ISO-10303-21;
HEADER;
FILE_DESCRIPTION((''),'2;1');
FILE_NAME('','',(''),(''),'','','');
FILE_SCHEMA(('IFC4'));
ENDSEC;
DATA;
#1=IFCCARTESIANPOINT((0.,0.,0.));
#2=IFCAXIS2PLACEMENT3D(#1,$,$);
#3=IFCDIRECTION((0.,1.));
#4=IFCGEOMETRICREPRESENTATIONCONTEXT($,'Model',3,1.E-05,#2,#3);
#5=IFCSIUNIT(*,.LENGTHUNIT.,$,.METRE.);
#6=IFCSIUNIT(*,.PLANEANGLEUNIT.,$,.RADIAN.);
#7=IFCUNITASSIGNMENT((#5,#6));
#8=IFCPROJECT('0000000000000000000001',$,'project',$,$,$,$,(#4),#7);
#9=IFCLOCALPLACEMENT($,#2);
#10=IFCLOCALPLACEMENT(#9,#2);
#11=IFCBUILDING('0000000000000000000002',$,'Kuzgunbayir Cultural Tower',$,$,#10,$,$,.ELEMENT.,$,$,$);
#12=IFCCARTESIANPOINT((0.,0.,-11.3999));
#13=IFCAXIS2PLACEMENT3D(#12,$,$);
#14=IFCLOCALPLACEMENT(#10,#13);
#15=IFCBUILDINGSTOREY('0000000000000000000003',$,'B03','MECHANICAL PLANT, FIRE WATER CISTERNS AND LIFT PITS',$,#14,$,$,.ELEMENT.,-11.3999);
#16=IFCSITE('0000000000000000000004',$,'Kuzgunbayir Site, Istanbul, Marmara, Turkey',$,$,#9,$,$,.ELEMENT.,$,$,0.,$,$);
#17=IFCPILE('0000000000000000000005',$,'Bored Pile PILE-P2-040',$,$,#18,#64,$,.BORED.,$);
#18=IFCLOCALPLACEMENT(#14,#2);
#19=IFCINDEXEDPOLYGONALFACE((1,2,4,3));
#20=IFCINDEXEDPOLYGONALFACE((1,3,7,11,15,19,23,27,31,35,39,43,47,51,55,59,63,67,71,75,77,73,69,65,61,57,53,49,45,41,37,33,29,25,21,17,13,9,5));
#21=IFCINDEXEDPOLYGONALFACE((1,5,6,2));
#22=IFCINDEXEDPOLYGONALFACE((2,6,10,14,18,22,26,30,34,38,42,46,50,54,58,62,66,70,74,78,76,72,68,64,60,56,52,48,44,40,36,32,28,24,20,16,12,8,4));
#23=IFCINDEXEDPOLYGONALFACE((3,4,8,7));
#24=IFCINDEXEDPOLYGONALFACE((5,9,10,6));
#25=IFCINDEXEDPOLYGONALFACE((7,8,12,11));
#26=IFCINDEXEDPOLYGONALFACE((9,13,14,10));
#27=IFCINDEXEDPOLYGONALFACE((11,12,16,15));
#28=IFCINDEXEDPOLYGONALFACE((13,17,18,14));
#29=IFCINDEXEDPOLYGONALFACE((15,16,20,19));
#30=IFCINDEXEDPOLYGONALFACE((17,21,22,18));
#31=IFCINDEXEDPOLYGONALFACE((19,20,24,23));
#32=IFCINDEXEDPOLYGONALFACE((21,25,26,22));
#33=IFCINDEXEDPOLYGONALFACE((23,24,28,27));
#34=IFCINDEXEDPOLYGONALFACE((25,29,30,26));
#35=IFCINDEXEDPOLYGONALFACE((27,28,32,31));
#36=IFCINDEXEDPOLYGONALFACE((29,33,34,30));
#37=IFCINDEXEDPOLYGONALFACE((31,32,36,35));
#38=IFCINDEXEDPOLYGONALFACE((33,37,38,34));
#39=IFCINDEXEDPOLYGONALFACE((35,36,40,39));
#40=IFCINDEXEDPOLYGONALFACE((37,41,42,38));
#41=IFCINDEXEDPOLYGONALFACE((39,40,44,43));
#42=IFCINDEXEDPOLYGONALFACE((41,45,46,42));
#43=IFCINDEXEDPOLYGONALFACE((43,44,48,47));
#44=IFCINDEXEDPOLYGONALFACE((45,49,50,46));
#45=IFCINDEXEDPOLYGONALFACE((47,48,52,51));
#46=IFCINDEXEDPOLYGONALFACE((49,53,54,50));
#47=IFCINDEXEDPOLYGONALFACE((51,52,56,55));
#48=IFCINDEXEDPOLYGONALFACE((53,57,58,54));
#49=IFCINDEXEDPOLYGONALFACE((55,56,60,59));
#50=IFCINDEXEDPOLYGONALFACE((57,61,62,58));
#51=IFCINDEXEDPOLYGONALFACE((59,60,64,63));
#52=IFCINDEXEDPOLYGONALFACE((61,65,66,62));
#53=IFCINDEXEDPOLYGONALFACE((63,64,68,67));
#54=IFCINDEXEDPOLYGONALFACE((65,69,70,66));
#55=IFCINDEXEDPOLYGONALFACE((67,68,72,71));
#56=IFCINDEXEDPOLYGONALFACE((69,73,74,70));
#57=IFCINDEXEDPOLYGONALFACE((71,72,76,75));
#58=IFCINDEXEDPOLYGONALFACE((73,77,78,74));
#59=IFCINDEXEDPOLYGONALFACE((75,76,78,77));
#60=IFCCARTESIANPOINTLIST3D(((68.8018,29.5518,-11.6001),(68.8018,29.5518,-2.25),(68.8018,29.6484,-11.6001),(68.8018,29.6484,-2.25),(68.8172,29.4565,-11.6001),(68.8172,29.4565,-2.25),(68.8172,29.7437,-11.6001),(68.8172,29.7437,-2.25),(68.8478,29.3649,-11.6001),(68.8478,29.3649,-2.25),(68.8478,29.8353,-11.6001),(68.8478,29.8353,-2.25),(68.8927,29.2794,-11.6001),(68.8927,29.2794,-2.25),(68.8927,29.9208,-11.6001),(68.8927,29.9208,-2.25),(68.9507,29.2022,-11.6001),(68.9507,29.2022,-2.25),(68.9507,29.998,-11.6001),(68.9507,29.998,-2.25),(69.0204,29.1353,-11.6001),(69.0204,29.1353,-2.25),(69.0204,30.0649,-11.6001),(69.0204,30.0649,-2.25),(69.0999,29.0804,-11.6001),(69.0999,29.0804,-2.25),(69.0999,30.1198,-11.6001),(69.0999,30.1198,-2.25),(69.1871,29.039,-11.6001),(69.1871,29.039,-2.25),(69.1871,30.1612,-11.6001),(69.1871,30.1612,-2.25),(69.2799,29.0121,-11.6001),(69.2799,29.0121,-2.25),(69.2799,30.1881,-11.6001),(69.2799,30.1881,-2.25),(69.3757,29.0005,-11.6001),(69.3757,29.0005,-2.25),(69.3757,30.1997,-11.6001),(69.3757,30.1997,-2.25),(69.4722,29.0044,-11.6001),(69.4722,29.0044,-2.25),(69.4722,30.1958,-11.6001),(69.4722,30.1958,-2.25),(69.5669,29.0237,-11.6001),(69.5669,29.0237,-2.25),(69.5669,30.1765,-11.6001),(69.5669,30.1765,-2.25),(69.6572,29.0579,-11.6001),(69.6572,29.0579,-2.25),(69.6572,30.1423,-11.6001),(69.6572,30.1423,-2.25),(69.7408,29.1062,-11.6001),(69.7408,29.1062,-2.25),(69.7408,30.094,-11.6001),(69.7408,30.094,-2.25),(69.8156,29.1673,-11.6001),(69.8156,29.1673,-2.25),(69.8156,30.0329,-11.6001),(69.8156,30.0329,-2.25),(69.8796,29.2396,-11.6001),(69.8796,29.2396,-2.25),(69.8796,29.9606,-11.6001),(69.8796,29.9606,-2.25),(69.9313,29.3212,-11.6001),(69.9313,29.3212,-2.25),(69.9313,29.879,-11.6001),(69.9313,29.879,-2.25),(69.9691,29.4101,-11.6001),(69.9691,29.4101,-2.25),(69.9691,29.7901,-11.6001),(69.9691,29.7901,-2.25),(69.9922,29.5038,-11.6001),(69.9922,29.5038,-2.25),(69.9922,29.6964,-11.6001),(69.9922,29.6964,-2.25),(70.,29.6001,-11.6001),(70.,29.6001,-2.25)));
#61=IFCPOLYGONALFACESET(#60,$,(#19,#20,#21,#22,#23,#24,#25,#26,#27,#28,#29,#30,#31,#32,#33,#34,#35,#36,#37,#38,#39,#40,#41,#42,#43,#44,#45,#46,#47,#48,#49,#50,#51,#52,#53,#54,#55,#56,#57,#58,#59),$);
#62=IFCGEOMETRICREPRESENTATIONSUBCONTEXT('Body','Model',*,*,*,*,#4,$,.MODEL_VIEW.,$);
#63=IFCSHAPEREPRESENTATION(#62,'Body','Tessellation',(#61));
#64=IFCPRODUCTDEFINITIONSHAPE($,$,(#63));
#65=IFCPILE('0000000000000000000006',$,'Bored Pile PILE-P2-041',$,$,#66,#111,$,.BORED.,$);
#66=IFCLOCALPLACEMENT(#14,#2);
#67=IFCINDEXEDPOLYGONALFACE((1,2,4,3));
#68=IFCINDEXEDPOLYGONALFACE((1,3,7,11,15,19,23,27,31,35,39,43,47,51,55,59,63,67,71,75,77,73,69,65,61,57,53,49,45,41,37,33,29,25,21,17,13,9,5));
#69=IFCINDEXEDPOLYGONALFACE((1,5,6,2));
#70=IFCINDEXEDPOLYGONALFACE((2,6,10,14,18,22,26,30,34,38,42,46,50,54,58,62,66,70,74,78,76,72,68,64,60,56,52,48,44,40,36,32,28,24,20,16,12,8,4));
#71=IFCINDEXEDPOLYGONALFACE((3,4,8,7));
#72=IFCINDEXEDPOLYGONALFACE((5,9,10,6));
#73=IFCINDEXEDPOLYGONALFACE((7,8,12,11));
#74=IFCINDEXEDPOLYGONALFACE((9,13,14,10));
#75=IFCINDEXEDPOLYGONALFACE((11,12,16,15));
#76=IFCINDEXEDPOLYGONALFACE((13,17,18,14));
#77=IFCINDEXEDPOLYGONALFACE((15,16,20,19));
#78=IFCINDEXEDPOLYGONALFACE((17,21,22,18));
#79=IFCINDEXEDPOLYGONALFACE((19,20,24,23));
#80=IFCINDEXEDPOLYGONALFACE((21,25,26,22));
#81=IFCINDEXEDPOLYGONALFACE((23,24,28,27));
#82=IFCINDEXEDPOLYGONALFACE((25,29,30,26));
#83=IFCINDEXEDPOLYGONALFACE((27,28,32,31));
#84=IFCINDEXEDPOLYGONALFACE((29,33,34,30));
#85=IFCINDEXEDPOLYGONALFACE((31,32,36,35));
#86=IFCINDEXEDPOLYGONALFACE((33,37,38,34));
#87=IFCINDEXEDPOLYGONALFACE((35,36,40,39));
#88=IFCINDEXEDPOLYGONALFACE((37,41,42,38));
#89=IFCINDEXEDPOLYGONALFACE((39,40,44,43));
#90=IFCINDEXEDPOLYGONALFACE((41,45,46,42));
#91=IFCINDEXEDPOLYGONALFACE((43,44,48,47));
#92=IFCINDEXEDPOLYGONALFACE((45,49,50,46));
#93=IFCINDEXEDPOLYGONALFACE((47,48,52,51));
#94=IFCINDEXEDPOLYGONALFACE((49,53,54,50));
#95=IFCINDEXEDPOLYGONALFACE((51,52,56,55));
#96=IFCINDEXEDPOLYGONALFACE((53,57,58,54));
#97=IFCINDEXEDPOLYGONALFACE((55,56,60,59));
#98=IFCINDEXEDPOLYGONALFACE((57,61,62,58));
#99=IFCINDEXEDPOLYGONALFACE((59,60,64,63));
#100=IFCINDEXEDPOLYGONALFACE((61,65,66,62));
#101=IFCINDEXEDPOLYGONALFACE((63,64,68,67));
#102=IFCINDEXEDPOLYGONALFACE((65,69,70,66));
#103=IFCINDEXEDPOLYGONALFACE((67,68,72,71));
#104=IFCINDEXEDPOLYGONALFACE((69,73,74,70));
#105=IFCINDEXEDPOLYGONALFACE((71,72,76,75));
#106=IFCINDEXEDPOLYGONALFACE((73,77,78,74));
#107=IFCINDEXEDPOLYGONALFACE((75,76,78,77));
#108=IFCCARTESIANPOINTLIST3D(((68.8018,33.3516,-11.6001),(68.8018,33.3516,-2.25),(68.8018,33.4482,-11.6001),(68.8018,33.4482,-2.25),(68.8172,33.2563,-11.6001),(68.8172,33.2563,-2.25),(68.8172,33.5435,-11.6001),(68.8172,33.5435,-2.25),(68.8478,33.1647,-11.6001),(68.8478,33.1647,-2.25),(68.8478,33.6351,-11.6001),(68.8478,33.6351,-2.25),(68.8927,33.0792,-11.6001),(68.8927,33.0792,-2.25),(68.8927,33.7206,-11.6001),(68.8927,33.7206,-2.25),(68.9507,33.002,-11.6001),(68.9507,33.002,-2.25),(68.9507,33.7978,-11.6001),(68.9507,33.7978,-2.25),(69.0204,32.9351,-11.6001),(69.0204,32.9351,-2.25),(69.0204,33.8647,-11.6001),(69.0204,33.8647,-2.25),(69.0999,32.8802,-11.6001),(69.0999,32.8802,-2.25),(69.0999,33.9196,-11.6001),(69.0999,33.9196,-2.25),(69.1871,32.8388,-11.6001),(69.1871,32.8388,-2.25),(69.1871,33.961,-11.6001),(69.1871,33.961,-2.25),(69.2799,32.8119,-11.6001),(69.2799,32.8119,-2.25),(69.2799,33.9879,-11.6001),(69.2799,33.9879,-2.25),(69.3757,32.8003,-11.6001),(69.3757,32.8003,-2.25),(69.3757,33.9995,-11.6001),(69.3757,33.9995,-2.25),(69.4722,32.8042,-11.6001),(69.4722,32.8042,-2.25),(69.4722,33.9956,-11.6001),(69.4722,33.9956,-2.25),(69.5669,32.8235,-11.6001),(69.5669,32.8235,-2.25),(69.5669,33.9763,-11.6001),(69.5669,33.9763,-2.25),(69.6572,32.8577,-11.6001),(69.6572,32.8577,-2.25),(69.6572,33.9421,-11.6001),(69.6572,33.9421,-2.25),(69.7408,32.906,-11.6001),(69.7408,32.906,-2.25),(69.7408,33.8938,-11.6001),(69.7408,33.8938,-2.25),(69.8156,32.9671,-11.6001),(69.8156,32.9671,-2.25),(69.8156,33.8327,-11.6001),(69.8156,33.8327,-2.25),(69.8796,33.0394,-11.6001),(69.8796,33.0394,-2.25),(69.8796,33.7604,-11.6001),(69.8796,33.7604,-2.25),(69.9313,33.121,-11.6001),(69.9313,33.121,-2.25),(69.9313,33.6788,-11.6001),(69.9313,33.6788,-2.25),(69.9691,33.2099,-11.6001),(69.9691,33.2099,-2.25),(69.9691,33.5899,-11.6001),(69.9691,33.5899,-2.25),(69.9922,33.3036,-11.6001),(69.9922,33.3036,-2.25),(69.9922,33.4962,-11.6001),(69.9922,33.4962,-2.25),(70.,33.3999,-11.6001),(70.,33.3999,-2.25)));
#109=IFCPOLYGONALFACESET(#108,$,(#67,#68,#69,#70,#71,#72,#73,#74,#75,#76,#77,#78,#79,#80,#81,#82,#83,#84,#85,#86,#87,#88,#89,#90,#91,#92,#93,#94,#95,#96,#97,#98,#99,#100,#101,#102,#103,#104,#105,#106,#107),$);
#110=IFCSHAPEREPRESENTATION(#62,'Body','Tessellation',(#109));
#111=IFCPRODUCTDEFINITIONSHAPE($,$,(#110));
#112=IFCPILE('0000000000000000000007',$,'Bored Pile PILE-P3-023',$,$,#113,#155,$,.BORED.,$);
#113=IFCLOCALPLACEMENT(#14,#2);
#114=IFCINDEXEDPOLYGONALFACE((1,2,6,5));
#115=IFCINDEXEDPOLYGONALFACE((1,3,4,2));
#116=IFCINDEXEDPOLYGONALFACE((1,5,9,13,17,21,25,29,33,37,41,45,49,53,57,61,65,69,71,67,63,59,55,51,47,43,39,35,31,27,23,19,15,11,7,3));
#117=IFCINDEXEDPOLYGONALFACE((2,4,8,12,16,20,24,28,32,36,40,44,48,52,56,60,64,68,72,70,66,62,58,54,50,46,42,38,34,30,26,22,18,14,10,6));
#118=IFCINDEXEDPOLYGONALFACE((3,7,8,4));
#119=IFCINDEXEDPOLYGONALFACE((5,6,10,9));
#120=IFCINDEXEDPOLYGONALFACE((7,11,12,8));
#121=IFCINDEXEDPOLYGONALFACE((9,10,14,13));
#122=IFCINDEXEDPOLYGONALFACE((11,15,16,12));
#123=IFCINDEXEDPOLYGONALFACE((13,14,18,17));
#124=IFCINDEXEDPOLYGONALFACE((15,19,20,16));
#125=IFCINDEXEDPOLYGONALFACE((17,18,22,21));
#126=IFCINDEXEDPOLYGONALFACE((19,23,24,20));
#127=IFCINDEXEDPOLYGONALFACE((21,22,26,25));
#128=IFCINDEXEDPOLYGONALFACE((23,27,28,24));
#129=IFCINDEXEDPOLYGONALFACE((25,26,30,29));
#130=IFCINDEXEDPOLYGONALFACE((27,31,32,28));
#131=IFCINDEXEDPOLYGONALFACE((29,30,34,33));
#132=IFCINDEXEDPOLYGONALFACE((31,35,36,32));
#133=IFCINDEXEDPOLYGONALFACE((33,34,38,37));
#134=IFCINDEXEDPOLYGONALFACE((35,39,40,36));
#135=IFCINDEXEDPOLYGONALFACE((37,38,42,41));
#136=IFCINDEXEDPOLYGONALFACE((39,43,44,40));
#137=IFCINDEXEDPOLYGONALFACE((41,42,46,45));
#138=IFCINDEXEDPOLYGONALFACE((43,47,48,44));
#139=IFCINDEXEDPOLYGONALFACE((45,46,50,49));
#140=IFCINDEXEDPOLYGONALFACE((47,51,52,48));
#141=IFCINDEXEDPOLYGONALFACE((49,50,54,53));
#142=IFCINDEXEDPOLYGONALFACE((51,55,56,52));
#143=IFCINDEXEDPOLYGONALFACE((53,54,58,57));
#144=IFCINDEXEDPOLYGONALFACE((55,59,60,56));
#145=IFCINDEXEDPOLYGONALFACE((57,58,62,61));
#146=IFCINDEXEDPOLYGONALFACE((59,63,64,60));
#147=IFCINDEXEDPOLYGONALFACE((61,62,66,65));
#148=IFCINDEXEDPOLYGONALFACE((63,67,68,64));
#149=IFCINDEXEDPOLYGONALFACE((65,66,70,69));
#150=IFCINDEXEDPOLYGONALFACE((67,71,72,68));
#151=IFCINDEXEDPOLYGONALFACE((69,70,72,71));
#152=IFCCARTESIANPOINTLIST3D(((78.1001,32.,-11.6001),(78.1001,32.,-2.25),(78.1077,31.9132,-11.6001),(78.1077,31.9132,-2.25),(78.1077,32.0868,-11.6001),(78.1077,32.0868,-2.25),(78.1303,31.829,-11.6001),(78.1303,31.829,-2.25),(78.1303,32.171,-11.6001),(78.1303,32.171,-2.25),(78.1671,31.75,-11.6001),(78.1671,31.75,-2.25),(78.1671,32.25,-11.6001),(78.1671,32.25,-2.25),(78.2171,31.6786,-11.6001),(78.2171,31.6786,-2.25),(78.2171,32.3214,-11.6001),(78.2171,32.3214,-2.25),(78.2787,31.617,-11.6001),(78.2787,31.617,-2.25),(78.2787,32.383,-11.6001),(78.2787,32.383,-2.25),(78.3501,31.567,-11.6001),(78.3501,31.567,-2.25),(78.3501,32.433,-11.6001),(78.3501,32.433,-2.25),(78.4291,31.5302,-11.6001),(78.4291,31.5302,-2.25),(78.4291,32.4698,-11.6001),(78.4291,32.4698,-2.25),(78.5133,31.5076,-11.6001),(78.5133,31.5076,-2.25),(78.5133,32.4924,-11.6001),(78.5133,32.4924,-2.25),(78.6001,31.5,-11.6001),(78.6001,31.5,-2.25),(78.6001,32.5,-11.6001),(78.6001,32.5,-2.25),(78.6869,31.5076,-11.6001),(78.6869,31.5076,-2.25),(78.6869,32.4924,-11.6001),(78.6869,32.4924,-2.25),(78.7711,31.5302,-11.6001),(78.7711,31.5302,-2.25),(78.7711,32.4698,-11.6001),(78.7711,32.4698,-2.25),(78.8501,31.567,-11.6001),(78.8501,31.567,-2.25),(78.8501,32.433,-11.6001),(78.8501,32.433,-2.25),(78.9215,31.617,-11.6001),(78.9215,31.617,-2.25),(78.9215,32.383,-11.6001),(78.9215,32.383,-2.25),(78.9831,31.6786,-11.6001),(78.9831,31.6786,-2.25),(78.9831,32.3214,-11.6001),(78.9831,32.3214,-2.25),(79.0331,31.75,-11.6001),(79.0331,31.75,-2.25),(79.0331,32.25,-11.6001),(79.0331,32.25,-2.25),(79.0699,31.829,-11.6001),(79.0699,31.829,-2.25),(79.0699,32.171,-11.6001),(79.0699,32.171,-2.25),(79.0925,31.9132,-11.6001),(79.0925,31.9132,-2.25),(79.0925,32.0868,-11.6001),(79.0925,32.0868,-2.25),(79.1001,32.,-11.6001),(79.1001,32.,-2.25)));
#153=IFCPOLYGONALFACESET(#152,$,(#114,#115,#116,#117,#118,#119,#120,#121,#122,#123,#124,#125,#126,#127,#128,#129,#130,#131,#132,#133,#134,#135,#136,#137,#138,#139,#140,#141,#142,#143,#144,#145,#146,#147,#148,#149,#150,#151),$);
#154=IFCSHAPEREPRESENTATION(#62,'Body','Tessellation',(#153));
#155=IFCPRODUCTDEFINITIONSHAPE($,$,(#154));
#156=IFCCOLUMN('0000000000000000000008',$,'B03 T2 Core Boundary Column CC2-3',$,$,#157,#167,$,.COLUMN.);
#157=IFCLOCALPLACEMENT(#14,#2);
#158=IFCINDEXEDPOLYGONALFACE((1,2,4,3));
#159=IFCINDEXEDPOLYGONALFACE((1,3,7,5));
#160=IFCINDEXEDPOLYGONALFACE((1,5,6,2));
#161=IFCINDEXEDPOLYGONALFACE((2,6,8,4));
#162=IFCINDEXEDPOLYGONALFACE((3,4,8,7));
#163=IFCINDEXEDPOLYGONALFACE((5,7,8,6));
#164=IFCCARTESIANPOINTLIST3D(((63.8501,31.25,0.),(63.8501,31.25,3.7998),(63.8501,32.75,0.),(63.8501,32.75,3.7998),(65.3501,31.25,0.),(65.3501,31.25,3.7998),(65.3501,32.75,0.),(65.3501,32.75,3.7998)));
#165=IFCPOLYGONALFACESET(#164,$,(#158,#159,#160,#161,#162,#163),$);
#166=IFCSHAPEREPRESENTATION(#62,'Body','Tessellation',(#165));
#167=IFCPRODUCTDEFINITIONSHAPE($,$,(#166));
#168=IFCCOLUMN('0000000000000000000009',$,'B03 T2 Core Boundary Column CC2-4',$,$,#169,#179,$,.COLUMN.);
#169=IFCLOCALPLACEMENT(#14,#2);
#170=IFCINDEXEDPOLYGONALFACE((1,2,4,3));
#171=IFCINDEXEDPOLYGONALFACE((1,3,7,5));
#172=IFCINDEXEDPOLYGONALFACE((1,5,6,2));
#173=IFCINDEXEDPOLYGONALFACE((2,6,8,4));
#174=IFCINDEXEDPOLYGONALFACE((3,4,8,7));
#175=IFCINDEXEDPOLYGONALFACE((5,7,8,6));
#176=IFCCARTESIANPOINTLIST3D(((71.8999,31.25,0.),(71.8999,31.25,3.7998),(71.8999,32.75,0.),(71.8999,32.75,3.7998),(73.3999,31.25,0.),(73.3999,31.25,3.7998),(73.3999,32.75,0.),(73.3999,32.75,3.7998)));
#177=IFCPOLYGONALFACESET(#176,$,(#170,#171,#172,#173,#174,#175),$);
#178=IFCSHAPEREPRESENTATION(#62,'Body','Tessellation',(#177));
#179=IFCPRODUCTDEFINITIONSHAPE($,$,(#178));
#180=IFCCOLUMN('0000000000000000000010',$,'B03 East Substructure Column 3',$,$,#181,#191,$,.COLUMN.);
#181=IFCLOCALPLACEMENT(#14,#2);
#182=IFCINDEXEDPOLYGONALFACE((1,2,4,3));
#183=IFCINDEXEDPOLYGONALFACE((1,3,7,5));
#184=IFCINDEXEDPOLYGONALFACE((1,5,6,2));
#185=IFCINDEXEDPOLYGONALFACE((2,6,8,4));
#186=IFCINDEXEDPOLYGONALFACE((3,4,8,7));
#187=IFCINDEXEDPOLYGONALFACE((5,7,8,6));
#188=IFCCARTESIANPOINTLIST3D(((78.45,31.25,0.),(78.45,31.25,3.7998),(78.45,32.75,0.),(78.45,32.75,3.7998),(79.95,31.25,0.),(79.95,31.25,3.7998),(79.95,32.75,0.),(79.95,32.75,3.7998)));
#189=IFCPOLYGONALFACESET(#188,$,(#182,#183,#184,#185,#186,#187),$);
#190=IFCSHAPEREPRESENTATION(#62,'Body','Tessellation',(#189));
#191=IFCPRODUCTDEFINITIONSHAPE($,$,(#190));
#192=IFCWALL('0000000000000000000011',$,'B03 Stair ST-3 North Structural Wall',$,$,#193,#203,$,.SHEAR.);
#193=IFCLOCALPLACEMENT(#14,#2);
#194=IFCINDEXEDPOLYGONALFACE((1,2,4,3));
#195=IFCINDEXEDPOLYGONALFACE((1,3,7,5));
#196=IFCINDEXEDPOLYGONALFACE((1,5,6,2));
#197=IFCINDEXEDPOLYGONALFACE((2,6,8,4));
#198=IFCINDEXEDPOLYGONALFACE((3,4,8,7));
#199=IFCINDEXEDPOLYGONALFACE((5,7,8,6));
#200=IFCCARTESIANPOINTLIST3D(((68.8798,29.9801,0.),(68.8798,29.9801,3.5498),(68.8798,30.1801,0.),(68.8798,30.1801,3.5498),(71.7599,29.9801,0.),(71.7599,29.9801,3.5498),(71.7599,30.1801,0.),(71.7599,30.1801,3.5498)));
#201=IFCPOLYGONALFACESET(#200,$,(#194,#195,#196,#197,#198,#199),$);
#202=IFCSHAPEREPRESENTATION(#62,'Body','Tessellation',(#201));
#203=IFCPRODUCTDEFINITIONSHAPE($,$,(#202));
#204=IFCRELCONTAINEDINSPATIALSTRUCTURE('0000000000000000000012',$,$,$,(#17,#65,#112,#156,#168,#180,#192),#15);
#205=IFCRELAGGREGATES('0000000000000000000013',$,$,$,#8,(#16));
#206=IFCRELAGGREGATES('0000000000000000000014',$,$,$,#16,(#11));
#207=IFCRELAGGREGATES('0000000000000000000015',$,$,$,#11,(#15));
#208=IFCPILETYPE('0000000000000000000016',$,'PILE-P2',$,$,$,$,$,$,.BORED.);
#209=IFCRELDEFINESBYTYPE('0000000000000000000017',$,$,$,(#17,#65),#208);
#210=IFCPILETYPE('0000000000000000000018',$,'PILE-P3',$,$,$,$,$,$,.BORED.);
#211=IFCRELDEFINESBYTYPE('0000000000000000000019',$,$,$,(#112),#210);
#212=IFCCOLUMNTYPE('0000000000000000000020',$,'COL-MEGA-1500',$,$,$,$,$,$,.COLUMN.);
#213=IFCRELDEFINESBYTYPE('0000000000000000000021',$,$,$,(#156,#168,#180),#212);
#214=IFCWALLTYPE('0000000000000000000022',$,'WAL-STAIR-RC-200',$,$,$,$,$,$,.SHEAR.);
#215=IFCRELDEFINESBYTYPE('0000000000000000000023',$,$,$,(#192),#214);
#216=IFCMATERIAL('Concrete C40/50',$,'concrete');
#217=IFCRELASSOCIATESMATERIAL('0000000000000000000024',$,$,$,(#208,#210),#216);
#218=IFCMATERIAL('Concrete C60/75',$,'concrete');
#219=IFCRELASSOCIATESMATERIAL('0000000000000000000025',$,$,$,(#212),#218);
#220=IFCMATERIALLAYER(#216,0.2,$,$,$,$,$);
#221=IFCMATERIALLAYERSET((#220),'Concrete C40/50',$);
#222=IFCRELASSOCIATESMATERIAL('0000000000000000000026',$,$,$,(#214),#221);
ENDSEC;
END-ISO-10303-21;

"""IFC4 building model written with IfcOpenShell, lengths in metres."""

from ifc_helpers import new_model, si_unit, direction, frame, frame_2d, origin, origin_2d, place, context, subcontext, project, spatial, rectangle, circle, extrude, material, layer, layer_set, material_profile, profile_set, type_object, element, save


model = new_model("IFC4")

# Units and contexts
model_context = context("Model", 3, precision=1e-05, world=origin(), true_north=direction((0.0, 1.0)))
body_context = subcontext(model_context, "Body", "Model", "MODEL_VIEW")
ifc_project = project(units=[si_unit("LENGTHUNIT", "METRE"), si_unit("PLANEANGLEUNIT", "RADIAN")], contexts=[model_context])

# Site, building, storey
site_placement = place(None, origin())
site = spatial("IfcSite", under=ifc_project, at=site_placement, Name="Kuzgunbayir Site, Istanbul, Marmara, Turkey", CompositionType="ELEMENT", RefElevation=0.0)
building_placement = place(site_placement, origin())
building = spatial("IfcBuilding", under=site, at=building_placement, Name="Kuzgunbayir Cultural Tower", CompositionType="ELEMENT")
storey_placement = place(building_placement, frame((0.0, 0.0, -11.3999)))
storey = spatial("IfcBuildingStorey", under=building, at=storey_placement, Name="B03", Description="MECHANICAL PLANT, FIRE WATER CISTERNS AND LIFT PITS", CompositionType="ELEMENT", Elevation=-11.3999)

# Piles
ifc_material_1 = material(Name="Concrete C40/50", Category="concrete")
ifc_material_profile_1 = material_profile(ifc_material_1, circle(Radius=0.6001, at=origin_2d()), Name="BORED PILE 1200")
ifc_profile_set_1 = profile_set([ifc_material_profile_1], Name="Concrete C40/50")
pile_type_1 = type_object("IfcPileType", Name="PILE-P2", PredefinedType="BORED", material=ifc_profile_set_1)
for number, where, z_axis, x_axis, name in (
    (1, (69.3999, 29.6001, -2.25), (0.0, 0.0, -1.0), (1.0, 0.0, 0.0), "Bored Pile PILE-P2-040"),
    (2, (69.3999, 33.3999, -2.25), (0.0, 0.0, -1.0), (1.0, 0.0, 0.0), "Bored Pile PILE-P2-041"),
):
    element("IfcPile", number, at=place(storey_placement, frame(where, z_axis=z_axis, x_axis=x_axis)), inside=storey, type_object=pile_type_1, Name=name, PredefinedType="BORED", context=body_context, shape_type="SweptSolid", body=[
        extrude(circle(Radius=0.6001, at=origin_2d()), origin(), (0.0, 0.0, 1.0), 9.3501),
    ])
ifc_material_profile_2 = material_profile(ifc_material_1, circle(Radius=0.5, at=origin_2d()), Name="BORED PILE 1000")
ifc_profile_set_2 = profile_set([ifc_material_profile_2], Name="Concrete C40/50")
pile_type_2 = type_object("IfcPileType", Name="PILE-P3", PredefinedType="BORED", material=ifc_profile_set_2)
pile_placement = place(storey_placement, frame((78.6001, 32.0, -2.25), z_axis=(0.0, 0.0, -1.0), x_axis=(1.0, 0.0, 0.0)))
element("IfcPile", 3, at=pile_placement, inside=storey, type_object=pile_type_2, Name="Bored Pile PILE-P3-023", PredefinedType="BORED", context=body_context, shape_type="SweptSolid", body=[
    extrude(circle(Radius=0.5, at=origin_2d()), origin(), (0.0, 0.0, 1.0), 9.3501),
])

# Columns
ifc_material_2 = material(Name="Concrete C60/75", Category="concrete")
ifc_material_profile_3 = material_profile(ifc_material_2, rectangle(XDim=1.5, YDim=1.5, at=origin_2d()), Name="RC 1500x1500")
ifc_profile_set_3 = profile_set([ifc_material_profile_3], Name="Concrete C60/75")
column_type = type_object("IfcColumnType", Name="COL-MEGA-1500", PredefinedType="COLUMN", material=ifc_profile_set_3)
for number, where, z_axis, x_axis, name in (
    (4, (64.6001, 32.0, 0.0), (0.0, 0.0, 1.0), (1.0, 0.0, 0.0), "B03 T2 Core Boundary Column CC2-3"),
    (5, (72.6499, 32.0, 0.0), (0.0, 0.0, 1.0), (1.0, 0.0, 0.0), "B03 T2 Core Boundary Column CC2-4"),
    (6, (79.2, 32.0, 0.0), (0.0, 0.0, 1.0), (1.0, 0.0, 0.0), "B03 East Substructure Column 3"),
):
    element("IfcColumn", number, at=place(storey_placement, frame(where, z_axis=z_axis, x_axis=x_axis)), inside=storey, type_object=column_type, Name=name, PredefinedType="COLUMN", context=body_context, shape_type="SweptSolid", body=[
        extrude(rectangle(XDim=1.5, YDim=1.5, at=origin_2d()), origin(), (0.0, 0.0, 1.0), 3.7998),
    ])

# Wall
ifc_layer_1 = layer(ifc_material_1, 0.2)
ifc_layer_set_1 = layer_set([ifc_layer_1], Name="Concrete C40/50")
wall_type_1 = type_object("IfcWallType", Name="WAL-STAIR-RC-200", PredefinedType="SHEAR", material=ifc_layer_set_1)
wall_1_placement = place(storey_placement, frame((68.8799, 30.0801, 0.0), z_axis=(0.0, 0.0, 1.0), x_axis=(1.0, 0.0, 0.0)))
element("IfcWall", 7, at=wall_1_placement, inside=storey, type_object=wall_type_1, Name="B03 Stair ST-3 North Structural Wall", PredefinedType="SHEAR", context=body_context, shape_type="SweptSolid", body=[
    extrude(rectangle(XDim=2.8801, YDim=0.2, at=frame_2d((1.4399, 0.0))), origin(), (0.0, 0.0, 1.0), 3.5498),
])

save(model, "model.ifc")
